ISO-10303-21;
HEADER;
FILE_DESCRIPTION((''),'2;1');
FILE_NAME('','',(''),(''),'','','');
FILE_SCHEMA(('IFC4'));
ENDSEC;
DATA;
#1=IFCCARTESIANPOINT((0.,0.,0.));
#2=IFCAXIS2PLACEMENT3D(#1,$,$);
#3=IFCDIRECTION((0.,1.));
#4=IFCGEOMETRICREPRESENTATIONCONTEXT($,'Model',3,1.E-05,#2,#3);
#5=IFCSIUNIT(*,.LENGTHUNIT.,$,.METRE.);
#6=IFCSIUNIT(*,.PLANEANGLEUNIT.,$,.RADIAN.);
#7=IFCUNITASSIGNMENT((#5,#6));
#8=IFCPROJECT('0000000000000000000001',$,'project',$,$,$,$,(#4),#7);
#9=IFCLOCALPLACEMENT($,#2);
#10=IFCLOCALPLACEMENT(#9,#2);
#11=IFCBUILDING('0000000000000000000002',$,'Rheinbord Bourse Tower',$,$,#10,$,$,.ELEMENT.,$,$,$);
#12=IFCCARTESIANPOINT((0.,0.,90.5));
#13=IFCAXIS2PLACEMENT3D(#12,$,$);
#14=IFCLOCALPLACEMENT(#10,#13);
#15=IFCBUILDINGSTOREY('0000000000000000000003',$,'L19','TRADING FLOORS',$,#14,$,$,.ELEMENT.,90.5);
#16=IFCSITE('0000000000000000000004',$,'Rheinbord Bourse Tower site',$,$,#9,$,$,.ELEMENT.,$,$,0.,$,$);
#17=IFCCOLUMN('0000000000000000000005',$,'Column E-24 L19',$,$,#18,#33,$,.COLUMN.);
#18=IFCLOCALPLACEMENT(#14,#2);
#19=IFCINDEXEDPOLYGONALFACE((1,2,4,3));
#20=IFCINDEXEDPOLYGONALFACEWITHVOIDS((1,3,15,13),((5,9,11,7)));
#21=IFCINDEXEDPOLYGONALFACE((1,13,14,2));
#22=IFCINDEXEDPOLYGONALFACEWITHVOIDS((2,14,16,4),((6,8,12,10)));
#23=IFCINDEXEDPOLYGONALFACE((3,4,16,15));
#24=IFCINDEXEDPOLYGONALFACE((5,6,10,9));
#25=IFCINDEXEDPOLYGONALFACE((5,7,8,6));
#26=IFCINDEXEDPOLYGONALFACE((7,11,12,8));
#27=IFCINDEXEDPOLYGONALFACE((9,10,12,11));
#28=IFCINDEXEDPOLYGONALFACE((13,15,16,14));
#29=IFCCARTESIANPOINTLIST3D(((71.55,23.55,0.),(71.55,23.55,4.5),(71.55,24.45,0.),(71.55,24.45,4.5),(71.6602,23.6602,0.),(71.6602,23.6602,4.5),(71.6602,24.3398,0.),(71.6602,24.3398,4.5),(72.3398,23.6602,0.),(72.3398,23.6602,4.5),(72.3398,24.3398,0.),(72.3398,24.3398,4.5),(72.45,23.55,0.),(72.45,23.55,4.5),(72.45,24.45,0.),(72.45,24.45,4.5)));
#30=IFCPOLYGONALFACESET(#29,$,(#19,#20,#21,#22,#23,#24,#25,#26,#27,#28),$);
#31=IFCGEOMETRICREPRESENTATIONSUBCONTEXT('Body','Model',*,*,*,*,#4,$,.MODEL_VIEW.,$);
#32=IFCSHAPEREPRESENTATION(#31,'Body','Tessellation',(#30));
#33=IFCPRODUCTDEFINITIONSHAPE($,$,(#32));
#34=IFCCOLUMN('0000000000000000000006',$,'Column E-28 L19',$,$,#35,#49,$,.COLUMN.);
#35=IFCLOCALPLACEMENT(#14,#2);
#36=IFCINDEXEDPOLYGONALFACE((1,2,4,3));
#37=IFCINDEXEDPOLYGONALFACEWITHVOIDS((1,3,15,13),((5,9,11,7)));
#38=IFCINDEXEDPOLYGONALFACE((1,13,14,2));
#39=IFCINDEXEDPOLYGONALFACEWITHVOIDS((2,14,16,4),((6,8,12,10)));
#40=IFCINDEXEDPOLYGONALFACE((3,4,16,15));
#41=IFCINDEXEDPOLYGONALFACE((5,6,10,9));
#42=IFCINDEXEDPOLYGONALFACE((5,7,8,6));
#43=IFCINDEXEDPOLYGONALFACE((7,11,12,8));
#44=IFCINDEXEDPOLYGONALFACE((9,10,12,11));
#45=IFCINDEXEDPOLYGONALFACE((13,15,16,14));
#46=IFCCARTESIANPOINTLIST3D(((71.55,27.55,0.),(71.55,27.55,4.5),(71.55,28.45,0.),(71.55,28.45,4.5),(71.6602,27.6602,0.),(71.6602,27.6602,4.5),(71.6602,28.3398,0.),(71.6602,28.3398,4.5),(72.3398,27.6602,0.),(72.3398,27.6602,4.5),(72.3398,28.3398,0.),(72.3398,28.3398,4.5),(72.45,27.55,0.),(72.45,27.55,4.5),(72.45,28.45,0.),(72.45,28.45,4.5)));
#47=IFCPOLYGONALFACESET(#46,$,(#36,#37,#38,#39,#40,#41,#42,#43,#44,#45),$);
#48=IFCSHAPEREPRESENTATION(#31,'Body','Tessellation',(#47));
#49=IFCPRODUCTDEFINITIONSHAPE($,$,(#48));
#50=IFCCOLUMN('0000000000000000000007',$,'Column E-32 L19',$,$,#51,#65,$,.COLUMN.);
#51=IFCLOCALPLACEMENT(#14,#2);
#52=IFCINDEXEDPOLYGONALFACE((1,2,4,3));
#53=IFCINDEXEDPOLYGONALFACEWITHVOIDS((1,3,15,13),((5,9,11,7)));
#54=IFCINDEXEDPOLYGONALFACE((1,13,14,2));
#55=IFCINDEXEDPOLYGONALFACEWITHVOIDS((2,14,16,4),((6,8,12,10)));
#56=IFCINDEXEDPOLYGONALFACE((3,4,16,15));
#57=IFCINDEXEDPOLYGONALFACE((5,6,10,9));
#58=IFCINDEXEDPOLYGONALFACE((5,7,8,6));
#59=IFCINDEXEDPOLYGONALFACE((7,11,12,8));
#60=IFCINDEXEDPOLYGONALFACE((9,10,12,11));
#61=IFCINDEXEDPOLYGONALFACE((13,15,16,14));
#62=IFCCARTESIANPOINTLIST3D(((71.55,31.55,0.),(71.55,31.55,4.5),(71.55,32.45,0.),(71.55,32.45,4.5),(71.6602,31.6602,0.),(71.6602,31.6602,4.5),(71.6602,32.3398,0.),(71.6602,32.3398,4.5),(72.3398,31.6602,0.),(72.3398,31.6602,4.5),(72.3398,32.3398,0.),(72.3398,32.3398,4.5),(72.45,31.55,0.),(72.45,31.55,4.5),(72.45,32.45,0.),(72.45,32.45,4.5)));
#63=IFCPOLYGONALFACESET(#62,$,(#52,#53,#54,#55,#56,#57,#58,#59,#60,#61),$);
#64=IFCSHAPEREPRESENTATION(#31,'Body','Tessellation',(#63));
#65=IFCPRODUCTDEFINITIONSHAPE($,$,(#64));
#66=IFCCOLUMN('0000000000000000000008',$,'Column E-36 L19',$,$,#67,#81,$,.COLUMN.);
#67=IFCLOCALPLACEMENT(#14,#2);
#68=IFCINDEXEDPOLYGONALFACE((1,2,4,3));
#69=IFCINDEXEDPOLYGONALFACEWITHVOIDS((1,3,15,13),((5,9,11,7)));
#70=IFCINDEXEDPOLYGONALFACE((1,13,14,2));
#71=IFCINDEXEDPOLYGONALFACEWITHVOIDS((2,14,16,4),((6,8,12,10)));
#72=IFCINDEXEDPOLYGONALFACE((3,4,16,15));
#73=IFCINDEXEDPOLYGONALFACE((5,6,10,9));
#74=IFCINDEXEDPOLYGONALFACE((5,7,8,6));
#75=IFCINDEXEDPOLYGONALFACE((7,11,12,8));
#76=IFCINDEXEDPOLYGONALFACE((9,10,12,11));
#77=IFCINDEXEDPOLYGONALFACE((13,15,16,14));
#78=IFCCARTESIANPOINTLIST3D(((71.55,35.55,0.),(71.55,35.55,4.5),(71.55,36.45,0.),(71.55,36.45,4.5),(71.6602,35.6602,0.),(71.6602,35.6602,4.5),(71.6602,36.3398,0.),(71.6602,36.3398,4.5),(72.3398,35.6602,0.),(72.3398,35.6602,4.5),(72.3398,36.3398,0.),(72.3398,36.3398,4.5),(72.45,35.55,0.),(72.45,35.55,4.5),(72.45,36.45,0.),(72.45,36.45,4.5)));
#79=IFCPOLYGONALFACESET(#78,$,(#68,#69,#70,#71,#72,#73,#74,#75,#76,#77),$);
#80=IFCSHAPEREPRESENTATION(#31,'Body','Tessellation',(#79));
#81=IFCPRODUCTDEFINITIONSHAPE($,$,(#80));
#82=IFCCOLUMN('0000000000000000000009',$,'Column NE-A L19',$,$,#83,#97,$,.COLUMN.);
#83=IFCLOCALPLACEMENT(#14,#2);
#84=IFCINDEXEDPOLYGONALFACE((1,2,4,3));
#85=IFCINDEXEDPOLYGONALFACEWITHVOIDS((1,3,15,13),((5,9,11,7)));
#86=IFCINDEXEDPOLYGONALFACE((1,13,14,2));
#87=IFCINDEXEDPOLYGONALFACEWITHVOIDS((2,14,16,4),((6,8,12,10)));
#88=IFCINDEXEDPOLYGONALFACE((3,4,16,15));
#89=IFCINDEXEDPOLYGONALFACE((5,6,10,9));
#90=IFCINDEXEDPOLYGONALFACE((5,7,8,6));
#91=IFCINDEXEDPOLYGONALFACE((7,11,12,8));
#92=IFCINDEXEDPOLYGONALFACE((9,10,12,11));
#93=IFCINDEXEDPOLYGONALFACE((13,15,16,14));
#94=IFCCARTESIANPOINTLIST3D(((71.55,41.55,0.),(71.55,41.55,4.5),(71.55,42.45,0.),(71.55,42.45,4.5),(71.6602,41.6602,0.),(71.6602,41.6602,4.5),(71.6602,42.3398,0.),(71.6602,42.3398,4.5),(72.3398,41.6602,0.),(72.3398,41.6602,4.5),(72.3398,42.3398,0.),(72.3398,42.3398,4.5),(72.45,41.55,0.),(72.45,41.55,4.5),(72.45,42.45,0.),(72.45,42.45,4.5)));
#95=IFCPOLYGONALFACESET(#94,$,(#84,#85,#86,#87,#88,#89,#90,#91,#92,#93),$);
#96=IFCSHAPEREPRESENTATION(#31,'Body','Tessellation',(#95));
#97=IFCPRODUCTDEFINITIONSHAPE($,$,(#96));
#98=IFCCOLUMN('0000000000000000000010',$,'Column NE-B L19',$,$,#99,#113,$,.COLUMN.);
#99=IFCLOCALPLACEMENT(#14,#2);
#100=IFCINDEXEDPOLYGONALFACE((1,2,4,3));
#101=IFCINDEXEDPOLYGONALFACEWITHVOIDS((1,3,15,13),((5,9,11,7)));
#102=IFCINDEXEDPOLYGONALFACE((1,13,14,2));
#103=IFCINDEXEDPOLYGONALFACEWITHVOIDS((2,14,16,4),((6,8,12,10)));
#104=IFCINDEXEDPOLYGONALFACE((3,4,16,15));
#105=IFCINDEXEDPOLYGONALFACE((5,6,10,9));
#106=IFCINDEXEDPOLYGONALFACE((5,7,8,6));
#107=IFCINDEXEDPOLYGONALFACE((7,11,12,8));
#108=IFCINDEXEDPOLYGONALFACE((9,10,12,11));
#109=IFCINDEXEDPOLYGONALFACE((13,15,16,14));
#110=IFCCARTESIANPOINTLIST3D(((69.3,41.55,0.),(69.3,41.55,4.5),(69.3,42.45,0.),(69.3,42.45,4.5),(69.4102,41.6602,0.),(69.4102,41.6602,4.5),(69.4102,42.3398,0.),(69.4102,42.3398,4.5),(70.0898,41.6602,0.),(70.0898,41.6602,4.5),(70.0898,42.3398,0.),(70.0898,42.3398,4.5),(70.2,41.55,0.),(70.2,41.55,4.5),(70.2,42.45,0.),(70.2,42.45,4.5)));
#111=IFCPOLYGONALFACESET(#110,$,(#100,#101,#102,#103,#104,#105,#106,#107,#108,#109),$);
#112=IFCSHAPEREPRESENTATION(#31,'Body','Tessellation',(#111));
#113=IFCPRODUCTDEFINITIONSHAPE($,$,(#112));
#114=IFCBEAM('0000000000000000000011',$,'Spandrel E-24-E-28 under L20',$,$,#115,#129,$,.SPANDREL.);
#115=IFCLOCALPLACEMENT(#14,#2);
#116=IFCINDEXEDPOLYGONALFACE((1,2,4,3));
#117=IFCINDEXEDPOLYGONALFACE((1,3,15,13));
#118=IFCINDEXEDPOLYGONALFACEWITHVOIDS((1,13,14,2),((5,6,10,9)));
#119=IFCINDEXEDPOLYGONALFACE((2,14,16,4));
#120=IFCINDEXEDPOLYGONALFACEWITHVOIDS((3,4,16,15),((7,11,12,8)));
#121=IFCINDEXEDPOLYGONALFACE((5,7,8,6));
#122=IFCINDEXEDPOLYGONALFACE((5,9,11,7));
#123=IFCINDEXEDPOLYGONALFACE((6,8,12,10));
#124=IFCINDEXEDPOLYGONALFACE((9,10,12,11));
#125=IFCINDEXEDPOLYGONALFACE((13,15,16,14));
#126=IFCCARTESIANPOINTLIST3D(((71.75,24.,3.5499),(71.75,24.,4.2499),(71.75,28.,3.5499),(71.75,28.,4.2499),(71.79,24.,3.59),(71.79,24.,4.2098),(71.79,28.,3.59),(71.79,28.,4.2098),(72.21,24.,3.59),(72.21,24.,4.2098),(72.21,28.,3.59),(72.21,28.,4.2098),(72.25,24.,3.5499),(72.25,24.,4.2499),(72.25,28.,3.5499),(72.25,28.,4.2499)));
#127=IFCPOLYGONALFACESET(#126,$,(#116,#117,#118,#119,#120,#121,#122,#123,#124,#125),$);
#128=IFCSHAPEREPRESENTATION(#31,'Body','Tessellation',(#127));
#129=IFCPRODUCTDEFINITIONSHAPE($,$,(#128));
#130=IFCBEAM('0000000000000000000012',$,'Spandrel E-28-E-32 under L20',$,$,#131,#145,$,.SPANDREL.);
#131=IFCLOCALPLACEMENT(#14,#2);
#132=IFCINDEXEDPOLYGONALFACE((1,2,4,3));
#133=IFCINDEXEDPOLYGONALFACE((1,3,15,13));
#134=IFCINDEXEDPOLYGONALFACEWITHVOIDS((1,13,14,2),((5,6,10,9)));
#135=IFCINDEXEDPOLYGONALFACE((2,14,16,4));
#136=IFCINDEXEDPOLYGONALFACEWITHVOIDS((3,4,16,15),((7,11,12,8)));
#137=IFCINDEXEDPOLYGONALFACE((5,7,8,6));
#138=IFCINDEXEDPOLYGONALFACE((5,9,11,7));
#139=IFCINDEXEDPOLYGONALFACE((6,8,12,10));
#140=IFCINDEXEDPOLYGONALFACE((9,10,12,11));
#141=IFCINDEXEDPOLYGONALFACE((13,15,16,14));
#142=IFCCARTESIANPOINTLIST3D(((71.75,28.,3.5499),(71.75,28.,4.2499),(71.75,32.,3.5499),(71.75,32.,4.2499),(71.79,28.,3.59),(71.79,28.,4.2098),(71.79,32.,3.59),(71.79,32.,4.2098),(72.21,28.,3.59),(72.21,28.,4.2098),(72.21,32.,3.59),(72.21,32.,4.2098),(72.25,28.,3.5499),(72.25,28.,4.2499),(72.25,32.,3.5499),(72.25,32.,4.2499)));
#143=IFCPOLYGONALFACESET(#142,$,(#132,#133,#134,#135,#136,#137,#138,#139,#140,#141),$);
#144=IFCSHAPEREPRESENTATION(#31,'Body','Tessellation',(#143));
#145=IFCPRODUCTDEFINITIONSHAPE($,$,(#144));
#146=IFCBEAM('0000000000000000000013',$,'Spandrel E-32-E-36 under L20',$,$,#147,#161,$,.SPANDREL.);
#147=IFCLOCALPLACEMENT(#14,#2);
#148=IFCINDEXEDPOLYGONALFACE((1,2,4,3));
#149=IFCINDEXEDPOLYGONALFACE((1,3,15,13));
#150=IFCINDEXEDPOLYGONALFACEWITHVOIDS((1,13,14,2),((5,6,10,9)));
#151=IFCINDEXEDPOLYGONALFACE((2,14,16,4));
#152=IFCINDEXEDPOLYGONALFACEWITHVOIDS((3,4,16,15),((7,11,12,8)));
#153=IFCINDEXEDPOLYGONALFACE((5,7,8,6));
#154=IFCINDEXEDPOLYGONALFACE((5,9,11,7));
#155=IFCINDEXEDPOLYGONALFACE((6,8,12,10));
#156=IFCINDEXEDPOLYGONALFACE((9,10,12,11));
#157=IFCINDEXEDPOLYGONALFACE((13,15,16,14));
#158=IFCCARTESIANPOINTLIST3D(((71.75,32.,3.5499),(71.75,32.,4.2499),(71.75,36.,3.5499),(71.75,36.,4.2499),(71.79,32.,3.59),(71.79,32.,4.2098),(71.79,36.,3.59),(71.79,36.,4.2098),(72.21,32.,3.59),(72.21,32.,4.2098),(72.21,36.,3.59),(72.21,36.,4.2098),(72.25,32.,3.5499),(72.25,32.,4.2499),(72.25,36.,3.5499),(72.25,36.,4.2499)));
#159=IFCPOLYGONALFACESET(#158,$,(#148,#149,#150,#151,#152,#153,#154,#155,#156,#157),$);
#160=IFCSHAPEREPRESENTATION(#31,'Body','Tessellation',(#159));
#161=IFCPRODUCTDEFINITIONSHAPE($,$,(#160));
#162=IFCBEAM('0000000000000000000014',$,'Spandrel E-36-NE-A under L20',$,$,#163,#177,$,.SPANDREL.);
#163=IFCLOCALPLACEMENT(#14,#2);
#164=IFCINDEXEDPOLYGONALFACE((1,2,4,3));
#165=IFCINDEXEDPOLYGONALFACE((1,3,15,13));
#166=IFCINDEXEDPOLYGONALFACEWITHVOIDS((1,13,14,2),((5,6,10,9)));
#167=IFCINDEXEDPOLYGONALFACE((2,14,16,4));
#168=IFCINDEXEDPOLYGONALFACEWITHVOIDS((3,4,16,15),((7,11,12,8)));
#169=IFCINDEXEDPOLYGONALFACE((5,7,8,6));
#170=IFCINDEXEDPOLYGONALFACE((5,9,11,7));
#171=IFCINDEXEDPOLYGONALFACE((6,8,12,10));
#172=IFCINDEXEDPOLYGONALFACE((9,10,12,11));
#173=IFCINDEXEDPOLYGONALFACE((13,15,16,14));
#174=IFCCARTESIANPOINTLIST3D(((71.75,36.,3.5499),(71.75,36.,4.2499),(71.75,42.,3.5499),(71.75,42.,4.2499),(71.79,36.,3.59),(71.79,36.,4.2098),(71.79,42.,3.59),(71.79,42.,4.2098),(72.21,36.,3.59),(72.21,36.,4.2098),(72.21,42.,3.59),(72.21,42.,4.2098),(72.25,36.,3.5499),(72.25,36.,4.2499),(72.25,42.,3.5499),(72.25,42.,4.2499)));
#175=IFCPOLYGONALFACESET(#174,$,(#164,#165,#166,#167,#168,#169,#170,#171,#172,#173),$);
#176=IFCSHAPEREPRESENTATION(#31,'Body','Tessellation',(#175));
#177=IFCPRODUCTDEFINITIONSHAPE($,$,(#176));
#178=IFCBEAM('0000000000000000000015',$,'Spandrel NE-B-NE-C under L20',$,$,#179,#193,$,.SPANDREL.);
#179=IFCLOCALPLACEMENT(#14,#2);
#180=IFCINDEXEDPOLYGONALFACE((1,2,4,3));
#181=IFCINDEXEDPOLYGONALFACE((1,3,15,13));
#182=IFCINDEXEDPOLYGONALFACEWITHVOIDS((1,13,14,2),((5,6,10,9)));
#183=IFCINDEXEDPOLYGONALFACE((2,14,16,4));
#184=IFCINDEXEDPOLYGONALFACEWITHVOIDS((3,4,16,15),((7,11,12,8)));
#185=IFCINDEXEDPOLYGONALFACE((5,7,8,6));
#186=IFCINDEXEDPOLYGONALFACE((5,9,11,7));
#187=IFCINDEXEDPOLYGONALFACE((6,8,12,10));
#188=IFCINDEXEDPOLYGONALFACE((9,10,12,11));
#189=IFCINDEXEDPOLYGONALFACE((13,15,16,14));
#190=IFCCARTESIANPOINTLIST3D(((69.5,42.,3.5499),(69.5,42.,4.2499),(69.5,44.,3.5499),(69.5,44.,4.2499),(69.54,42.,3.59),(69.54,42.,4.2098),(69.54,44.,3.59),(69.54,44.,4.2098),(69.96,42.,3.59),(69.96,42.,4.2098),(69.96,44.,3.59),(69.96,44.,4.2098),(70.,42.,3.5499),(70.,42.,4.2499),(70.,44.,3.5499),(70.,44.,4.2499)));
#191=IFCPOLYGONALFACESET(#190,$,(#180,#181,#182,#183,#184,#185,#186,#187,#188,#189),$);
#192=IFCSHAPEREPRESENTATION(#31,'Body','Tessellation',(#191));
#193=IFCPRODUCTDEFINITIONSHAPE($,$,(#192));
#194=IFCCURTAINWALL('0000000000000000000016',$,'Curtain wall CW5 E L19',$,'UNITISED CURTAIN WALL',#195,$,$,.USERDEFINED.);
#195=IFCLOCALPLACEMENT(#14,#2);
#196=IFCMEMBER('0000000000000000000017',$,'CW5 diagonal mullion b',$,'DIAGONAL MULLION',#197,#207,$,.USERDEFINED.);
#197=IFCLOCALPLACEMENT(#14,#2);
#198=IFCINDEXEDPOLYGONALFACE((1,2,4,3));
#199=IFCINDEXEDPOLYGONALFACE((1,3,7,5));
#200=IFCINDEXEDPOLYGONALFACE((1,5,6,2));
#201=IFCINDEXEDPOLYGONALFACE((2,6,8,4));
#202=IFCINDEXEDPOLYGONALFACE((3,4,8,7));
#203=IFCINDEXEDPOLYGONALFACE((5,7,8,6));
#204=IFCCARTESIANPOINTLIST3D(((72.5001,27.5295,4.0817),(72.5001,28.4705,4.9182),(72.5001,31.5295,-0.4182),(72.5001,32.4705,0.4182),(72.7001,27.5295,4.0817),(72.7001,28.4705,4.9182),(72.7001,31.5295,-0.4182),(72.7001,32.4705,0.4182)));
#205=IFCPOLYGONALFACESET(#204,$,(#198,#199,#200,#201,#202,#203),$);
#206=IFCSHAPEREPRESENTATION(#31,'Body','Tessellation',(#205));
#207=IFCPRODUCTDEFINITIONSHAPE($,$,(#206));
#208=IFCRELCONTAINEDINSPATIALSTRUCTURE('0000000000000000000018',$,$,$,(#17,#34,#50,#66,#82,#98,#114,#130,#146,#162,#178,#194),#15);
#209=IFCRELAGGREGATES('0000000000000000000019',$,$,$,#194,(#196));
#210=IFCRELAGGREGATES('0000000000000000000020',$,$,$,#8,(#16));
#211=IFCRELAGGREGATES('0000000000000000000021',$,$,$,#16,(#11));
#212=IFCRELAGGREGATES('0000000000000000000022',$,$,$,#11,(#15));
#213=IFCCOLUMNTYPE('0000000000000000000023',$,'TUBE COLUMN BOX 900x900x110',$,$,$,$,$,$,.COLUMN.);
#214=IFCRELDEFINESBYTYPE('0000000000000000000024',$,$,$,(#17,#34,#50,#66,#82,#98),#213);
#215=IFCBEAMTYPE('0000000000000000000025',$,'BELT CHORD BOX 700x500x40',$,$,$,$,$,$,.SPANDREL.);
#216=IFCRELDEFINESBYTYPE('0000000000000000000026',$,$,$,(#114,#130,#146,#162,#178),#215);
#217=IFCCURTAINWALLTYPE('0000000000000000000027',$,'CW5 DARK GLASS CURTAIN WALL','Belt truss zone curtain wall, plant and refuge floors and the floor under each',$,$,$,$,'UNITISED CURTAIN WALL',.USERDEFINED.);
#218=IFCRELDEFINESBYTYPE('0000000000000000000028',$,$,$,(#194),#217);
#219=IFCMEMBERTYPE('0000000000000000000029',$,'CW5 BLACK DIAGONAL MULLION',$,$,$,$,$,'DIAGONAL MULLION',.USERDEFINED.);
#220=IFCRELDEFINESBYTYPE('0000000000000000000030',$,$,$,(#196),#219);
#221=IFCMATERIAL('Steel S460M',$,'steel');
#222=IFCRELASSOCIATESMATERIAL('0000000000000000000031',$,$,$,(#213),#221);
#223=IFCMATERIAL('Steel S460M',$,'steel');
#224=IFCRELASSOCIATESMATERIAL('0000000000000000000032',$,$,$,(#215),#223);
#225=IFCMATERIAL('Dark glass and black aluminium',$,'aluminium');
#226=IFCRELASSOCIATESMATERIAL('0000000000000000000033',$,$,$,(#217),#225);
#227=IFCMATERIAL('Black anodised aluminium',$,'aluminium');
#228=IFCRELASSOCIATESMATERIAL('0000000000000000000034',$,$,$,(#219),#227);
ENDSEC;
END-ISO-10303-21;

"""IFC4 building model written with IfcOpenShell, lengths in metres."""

from ifc_helpers import new_model, si_unit, direction, frame, origin, origin_2d, place, context, subcontext, project, spatial, rectangle, hollow_rectangle, extrude, material, material_profile, profile_set, type_object, element, aggregate, save


model = new_model("IFC4")

# Units and contexts
model_context = context("Model", 3, precision=1e-05, world=origin(), true_north=direction((0.0, 1.0)))
body_context = subcontext(model_context, "Body", "Model", "MODEL_VIEW")
ifc_project = project(units=[si_unit("LENGTHUNIT", "METRE"), si_unit("PLANEANGLEUNIT", "RADIAN")], contexts=[model_context])

# Site, building, storey
site_placement = place(None, origin())
site = spatial("IfcSite", under=ifc_project, at=site_placement, Name="Rheinbord Bourse Tower site", CompositionType="ELEMENT", RefElevation=0.0)
building_placement = place(site_placement, origin())
building = spatial("IfcBuilding", under=site, at=building_placement, Name="Rheinbord Bourse Tower", CompositionType="ELEMENT")
storey_placement = place(building_placement, frame((0.0, 0.0, 90.5)))
storey = spatial("IfcBuildingStorey", under=building, at=storey_placement, Name="L19", Description="TRADING FLOORS", CompositionType="ELEMENT", Elevation=90.5)

# Columns
ifc_material_1 = material(Name="Steel S460M", Category="steel")
ifc_material_profile_1 = material_profile(ifc_material_1, hollow_rectangle(XDim=0.8999, YDim=0.8999, WallThickness=0.1101, at=origin_2d()), Name="BOX 900x900x110")
ifc_profile_set_1 = profile_set([ifc_material_profile_1], Name="Steel S460M")
column_type = type_object("IfcColumnType", Name="TUBE COLUMN BOX 900x900x110", PredefinedType="COLUMN", material=ifc_profile_set_1)
for number, where, z_axis, x_axis, name in (
    (1, (72.0, 24.0, 0.0), (0.0, 0.0, 1.0), (1.0, 0.0, 0.0), "Column E-24 L19"),
    (2, (72.0, 28.0, 0.0), (0.0, 0.0, 1.0), (1.0, 0.0, 0.0), "Column E-28 L19"),
    (3, (72.0, 32.0, 0.0), (0.0, 0.0, 1.0), (1.0, 0.0, 0.0), "Column E-32 L19"),
    (4, (72.0, 36.0, 0.0), (0.0, 0.0, 1.0), (1.0, 0.0, 0.0), "Column E-36 L19"),
    (5, (72.0, 42.0, 0.0), (0.0, 0.0, 1.0), (1.0, 0.0, 0.0), "Column NE-A L19"),
    (6, (69.75, 42.0, 0.0), (0.0, 0.0, 1.0), (1.0, 0.0, 0.0), "Column NE-B L19"),
):
    element("IfcColumn", number, at=place(storey_placement, frame(where, z_axis=z_axis, x_axis=x_axis)), inside=storey, type_object=column_type, Name=name, PredefinedType="COLUMN", context=body_context, shape_type="SweptSolid", body=[
        extrude(hollow_rectangle(XDim=0.8999, YDim=0.8999, WallThickness=0.1101, at=origin_2d()), origin(), (0.0, 0.0, 1.0), 4.5),
    ])

# Beams
ifc_material_2 = material(Name="Steel S460M", Category="steel")
ifc_material_profile_2 = material_profile(ifc_material_2, hollow_rectangle(XDim=0.5, YDim=0.7, WallThickness=0.04, at=origin_2d()), Name="BOX 700x500x40")
ifc_profile_set_2 = profile_set([ifc_material_profile_2], Name="Steel S460M")
beam_type_1 = type_object("IfcBeamType", Name="BELT CHORD BOX 700x500x40", PredefinedType="SPANDREL", material=ifc_profile_set_2)
for number, where, z_axis, x_axis, name in (
    (7, (72.0, 24.0, 3.8999), (0.0, 1.0, 0.0), (-1.0, 0.0, 0.0), "Spandrel E-24-E-28 under L20"),
    (8, (72.0, 28.0, 3.8999), (0.0, 1.0, 0.0), (-1.0, 0.0, 0.0), "Spandrel E-28-E-32 under L20"),
    (9, (72.0, 32.0, 3.8999), (0.0, 1.0, 0.0), (-1.0, 0.0, 0.0), "Spandrel E-32-E-36 under L20"),
):
    element("IfcBeam", number, at=place(storey_placement, frame(where, z_axis=z_axis, x_axis=x_axis)), inside=storey, type_object=beam_type_1, Name=name, PredefinedType="SPANDREL", context=body_context, shape_type="SweptSolid", body=[
        extrude(hollow_rectangle(XDim=0.5, YDim=0.7, WallThickness=0.04, at=origin_2d()), origin(), (0.0, 0.0, 1.0), 4.0),
    ])
beam_1_placement = place(storey_placement, frame((72.0, 36.0, 3.8999), z_axis=(0.0, 1.0, 0.0), x_axis=(-1.0, 0.0, 0.0)))
element("IfcBeam", 10, at=beam_1_placement, inside=storey, type_object=beam_type_1, Name="Spandrel E-36-NE-A under L20", PredefinedType="SPANDREL", context=body_context, shape_type="SweptSolid", body=[
    extrude(hollow_rectangle(XDim=0.5, YDim=0.7, WallThickness=0.04, at=origin_2d()), origin(), (0.0, 0.0, 1.0), 6.0),
])
beam_2_placement = place(storey_placement, frame((69.75, 42.0, 3.8999), z_axis=(0.0, 1.0, 0.0), x_axis=(-1.0, 0.0, 0.0)))
element("IfcBeam", 11, at=beam_2_placement, inside=storey, type_object=beam_type_1, Name="Spandrel NE-B-NE-C under L20", PredefinedType="SPANDREL", context=body_context, shape_type="SweptSolid", body=[
    extrude(hollow_rectangle(XDim=0.5, YDim=0.7, WallThickness=0.04, at=origin_2d()), origin(), (0.0, 0.0, 1.0), 2.0),
])

# Curtain wall, member
ifc_material_3 = material(Name="Dark glass and black aluminium", Category="aluminium")
curtain_wall_type = type_object("IfcCurtainWallType", Name="CW5 DARK GLASS CURTAIN WALL", Description="Belt truss zone curtain wall, plant and refuge floors and the floor under each", ElementType="UNITISED CURTAIN WALL", PredefinedType="USERDEFINED", material=ifc_material_3)
curtain_wall_placement = place(storey_placement, origin())
curtain_wall = element("IfcCurtainWall", 12, at=curtain_wall_placement, inside=storey, type_object=curtain_wall_type, Name="Curtain wall CW5 E L19", ObjectType="UNITISED CURTAIN WALL", PredefinedType="USERDEFINED")
ifc_material_4 = material(Name="Black anodised aluminium", Category="aluminium")
ifc_material_profile_3 = material_profile(ifc_material_4, rectangle(XDim=0.2, YDim=1.259, at=origin_2d()), Name="CW5 DIAGONAL MULLION 1259x200")
ifc_profile_set_3 = profile_set([ifc_material_profile_3], Name="Black anodised aluminium")
member_type_1 = type_object("IfcMemberType", Name="CW5 BLACK DIAGONAL MULLION", ElementType="DIAGONAL MULLION", PredefinedType="USERDEFINED", material=ifc_profile_set_3)
member_1_placement = place(storey_placement, frame((72.6001, 32.0, 0.0), z_axis=(0.0, -0.664364, 0.747409), x_axis=(1.0, 0.0, 0.0)))
member_1 = element("IfcMember", 13, at=member_1_placement, type_object=member_type_1, Name="CW5 diagonal mullion b", ObjectType="DIAGONAL MULLION", PredefinedType="USERDEFINED", context=body_context, shape_type="SweptSolid", body=[
    extrude(rectangle(XDim=0.2, YDim=1.259, at=origin_2d()), origin(), (0.0, 0.0, 1.0), 6.0208),
])

aggregate(curtain_wall, [member_1])

save(model, "model.ifc")
